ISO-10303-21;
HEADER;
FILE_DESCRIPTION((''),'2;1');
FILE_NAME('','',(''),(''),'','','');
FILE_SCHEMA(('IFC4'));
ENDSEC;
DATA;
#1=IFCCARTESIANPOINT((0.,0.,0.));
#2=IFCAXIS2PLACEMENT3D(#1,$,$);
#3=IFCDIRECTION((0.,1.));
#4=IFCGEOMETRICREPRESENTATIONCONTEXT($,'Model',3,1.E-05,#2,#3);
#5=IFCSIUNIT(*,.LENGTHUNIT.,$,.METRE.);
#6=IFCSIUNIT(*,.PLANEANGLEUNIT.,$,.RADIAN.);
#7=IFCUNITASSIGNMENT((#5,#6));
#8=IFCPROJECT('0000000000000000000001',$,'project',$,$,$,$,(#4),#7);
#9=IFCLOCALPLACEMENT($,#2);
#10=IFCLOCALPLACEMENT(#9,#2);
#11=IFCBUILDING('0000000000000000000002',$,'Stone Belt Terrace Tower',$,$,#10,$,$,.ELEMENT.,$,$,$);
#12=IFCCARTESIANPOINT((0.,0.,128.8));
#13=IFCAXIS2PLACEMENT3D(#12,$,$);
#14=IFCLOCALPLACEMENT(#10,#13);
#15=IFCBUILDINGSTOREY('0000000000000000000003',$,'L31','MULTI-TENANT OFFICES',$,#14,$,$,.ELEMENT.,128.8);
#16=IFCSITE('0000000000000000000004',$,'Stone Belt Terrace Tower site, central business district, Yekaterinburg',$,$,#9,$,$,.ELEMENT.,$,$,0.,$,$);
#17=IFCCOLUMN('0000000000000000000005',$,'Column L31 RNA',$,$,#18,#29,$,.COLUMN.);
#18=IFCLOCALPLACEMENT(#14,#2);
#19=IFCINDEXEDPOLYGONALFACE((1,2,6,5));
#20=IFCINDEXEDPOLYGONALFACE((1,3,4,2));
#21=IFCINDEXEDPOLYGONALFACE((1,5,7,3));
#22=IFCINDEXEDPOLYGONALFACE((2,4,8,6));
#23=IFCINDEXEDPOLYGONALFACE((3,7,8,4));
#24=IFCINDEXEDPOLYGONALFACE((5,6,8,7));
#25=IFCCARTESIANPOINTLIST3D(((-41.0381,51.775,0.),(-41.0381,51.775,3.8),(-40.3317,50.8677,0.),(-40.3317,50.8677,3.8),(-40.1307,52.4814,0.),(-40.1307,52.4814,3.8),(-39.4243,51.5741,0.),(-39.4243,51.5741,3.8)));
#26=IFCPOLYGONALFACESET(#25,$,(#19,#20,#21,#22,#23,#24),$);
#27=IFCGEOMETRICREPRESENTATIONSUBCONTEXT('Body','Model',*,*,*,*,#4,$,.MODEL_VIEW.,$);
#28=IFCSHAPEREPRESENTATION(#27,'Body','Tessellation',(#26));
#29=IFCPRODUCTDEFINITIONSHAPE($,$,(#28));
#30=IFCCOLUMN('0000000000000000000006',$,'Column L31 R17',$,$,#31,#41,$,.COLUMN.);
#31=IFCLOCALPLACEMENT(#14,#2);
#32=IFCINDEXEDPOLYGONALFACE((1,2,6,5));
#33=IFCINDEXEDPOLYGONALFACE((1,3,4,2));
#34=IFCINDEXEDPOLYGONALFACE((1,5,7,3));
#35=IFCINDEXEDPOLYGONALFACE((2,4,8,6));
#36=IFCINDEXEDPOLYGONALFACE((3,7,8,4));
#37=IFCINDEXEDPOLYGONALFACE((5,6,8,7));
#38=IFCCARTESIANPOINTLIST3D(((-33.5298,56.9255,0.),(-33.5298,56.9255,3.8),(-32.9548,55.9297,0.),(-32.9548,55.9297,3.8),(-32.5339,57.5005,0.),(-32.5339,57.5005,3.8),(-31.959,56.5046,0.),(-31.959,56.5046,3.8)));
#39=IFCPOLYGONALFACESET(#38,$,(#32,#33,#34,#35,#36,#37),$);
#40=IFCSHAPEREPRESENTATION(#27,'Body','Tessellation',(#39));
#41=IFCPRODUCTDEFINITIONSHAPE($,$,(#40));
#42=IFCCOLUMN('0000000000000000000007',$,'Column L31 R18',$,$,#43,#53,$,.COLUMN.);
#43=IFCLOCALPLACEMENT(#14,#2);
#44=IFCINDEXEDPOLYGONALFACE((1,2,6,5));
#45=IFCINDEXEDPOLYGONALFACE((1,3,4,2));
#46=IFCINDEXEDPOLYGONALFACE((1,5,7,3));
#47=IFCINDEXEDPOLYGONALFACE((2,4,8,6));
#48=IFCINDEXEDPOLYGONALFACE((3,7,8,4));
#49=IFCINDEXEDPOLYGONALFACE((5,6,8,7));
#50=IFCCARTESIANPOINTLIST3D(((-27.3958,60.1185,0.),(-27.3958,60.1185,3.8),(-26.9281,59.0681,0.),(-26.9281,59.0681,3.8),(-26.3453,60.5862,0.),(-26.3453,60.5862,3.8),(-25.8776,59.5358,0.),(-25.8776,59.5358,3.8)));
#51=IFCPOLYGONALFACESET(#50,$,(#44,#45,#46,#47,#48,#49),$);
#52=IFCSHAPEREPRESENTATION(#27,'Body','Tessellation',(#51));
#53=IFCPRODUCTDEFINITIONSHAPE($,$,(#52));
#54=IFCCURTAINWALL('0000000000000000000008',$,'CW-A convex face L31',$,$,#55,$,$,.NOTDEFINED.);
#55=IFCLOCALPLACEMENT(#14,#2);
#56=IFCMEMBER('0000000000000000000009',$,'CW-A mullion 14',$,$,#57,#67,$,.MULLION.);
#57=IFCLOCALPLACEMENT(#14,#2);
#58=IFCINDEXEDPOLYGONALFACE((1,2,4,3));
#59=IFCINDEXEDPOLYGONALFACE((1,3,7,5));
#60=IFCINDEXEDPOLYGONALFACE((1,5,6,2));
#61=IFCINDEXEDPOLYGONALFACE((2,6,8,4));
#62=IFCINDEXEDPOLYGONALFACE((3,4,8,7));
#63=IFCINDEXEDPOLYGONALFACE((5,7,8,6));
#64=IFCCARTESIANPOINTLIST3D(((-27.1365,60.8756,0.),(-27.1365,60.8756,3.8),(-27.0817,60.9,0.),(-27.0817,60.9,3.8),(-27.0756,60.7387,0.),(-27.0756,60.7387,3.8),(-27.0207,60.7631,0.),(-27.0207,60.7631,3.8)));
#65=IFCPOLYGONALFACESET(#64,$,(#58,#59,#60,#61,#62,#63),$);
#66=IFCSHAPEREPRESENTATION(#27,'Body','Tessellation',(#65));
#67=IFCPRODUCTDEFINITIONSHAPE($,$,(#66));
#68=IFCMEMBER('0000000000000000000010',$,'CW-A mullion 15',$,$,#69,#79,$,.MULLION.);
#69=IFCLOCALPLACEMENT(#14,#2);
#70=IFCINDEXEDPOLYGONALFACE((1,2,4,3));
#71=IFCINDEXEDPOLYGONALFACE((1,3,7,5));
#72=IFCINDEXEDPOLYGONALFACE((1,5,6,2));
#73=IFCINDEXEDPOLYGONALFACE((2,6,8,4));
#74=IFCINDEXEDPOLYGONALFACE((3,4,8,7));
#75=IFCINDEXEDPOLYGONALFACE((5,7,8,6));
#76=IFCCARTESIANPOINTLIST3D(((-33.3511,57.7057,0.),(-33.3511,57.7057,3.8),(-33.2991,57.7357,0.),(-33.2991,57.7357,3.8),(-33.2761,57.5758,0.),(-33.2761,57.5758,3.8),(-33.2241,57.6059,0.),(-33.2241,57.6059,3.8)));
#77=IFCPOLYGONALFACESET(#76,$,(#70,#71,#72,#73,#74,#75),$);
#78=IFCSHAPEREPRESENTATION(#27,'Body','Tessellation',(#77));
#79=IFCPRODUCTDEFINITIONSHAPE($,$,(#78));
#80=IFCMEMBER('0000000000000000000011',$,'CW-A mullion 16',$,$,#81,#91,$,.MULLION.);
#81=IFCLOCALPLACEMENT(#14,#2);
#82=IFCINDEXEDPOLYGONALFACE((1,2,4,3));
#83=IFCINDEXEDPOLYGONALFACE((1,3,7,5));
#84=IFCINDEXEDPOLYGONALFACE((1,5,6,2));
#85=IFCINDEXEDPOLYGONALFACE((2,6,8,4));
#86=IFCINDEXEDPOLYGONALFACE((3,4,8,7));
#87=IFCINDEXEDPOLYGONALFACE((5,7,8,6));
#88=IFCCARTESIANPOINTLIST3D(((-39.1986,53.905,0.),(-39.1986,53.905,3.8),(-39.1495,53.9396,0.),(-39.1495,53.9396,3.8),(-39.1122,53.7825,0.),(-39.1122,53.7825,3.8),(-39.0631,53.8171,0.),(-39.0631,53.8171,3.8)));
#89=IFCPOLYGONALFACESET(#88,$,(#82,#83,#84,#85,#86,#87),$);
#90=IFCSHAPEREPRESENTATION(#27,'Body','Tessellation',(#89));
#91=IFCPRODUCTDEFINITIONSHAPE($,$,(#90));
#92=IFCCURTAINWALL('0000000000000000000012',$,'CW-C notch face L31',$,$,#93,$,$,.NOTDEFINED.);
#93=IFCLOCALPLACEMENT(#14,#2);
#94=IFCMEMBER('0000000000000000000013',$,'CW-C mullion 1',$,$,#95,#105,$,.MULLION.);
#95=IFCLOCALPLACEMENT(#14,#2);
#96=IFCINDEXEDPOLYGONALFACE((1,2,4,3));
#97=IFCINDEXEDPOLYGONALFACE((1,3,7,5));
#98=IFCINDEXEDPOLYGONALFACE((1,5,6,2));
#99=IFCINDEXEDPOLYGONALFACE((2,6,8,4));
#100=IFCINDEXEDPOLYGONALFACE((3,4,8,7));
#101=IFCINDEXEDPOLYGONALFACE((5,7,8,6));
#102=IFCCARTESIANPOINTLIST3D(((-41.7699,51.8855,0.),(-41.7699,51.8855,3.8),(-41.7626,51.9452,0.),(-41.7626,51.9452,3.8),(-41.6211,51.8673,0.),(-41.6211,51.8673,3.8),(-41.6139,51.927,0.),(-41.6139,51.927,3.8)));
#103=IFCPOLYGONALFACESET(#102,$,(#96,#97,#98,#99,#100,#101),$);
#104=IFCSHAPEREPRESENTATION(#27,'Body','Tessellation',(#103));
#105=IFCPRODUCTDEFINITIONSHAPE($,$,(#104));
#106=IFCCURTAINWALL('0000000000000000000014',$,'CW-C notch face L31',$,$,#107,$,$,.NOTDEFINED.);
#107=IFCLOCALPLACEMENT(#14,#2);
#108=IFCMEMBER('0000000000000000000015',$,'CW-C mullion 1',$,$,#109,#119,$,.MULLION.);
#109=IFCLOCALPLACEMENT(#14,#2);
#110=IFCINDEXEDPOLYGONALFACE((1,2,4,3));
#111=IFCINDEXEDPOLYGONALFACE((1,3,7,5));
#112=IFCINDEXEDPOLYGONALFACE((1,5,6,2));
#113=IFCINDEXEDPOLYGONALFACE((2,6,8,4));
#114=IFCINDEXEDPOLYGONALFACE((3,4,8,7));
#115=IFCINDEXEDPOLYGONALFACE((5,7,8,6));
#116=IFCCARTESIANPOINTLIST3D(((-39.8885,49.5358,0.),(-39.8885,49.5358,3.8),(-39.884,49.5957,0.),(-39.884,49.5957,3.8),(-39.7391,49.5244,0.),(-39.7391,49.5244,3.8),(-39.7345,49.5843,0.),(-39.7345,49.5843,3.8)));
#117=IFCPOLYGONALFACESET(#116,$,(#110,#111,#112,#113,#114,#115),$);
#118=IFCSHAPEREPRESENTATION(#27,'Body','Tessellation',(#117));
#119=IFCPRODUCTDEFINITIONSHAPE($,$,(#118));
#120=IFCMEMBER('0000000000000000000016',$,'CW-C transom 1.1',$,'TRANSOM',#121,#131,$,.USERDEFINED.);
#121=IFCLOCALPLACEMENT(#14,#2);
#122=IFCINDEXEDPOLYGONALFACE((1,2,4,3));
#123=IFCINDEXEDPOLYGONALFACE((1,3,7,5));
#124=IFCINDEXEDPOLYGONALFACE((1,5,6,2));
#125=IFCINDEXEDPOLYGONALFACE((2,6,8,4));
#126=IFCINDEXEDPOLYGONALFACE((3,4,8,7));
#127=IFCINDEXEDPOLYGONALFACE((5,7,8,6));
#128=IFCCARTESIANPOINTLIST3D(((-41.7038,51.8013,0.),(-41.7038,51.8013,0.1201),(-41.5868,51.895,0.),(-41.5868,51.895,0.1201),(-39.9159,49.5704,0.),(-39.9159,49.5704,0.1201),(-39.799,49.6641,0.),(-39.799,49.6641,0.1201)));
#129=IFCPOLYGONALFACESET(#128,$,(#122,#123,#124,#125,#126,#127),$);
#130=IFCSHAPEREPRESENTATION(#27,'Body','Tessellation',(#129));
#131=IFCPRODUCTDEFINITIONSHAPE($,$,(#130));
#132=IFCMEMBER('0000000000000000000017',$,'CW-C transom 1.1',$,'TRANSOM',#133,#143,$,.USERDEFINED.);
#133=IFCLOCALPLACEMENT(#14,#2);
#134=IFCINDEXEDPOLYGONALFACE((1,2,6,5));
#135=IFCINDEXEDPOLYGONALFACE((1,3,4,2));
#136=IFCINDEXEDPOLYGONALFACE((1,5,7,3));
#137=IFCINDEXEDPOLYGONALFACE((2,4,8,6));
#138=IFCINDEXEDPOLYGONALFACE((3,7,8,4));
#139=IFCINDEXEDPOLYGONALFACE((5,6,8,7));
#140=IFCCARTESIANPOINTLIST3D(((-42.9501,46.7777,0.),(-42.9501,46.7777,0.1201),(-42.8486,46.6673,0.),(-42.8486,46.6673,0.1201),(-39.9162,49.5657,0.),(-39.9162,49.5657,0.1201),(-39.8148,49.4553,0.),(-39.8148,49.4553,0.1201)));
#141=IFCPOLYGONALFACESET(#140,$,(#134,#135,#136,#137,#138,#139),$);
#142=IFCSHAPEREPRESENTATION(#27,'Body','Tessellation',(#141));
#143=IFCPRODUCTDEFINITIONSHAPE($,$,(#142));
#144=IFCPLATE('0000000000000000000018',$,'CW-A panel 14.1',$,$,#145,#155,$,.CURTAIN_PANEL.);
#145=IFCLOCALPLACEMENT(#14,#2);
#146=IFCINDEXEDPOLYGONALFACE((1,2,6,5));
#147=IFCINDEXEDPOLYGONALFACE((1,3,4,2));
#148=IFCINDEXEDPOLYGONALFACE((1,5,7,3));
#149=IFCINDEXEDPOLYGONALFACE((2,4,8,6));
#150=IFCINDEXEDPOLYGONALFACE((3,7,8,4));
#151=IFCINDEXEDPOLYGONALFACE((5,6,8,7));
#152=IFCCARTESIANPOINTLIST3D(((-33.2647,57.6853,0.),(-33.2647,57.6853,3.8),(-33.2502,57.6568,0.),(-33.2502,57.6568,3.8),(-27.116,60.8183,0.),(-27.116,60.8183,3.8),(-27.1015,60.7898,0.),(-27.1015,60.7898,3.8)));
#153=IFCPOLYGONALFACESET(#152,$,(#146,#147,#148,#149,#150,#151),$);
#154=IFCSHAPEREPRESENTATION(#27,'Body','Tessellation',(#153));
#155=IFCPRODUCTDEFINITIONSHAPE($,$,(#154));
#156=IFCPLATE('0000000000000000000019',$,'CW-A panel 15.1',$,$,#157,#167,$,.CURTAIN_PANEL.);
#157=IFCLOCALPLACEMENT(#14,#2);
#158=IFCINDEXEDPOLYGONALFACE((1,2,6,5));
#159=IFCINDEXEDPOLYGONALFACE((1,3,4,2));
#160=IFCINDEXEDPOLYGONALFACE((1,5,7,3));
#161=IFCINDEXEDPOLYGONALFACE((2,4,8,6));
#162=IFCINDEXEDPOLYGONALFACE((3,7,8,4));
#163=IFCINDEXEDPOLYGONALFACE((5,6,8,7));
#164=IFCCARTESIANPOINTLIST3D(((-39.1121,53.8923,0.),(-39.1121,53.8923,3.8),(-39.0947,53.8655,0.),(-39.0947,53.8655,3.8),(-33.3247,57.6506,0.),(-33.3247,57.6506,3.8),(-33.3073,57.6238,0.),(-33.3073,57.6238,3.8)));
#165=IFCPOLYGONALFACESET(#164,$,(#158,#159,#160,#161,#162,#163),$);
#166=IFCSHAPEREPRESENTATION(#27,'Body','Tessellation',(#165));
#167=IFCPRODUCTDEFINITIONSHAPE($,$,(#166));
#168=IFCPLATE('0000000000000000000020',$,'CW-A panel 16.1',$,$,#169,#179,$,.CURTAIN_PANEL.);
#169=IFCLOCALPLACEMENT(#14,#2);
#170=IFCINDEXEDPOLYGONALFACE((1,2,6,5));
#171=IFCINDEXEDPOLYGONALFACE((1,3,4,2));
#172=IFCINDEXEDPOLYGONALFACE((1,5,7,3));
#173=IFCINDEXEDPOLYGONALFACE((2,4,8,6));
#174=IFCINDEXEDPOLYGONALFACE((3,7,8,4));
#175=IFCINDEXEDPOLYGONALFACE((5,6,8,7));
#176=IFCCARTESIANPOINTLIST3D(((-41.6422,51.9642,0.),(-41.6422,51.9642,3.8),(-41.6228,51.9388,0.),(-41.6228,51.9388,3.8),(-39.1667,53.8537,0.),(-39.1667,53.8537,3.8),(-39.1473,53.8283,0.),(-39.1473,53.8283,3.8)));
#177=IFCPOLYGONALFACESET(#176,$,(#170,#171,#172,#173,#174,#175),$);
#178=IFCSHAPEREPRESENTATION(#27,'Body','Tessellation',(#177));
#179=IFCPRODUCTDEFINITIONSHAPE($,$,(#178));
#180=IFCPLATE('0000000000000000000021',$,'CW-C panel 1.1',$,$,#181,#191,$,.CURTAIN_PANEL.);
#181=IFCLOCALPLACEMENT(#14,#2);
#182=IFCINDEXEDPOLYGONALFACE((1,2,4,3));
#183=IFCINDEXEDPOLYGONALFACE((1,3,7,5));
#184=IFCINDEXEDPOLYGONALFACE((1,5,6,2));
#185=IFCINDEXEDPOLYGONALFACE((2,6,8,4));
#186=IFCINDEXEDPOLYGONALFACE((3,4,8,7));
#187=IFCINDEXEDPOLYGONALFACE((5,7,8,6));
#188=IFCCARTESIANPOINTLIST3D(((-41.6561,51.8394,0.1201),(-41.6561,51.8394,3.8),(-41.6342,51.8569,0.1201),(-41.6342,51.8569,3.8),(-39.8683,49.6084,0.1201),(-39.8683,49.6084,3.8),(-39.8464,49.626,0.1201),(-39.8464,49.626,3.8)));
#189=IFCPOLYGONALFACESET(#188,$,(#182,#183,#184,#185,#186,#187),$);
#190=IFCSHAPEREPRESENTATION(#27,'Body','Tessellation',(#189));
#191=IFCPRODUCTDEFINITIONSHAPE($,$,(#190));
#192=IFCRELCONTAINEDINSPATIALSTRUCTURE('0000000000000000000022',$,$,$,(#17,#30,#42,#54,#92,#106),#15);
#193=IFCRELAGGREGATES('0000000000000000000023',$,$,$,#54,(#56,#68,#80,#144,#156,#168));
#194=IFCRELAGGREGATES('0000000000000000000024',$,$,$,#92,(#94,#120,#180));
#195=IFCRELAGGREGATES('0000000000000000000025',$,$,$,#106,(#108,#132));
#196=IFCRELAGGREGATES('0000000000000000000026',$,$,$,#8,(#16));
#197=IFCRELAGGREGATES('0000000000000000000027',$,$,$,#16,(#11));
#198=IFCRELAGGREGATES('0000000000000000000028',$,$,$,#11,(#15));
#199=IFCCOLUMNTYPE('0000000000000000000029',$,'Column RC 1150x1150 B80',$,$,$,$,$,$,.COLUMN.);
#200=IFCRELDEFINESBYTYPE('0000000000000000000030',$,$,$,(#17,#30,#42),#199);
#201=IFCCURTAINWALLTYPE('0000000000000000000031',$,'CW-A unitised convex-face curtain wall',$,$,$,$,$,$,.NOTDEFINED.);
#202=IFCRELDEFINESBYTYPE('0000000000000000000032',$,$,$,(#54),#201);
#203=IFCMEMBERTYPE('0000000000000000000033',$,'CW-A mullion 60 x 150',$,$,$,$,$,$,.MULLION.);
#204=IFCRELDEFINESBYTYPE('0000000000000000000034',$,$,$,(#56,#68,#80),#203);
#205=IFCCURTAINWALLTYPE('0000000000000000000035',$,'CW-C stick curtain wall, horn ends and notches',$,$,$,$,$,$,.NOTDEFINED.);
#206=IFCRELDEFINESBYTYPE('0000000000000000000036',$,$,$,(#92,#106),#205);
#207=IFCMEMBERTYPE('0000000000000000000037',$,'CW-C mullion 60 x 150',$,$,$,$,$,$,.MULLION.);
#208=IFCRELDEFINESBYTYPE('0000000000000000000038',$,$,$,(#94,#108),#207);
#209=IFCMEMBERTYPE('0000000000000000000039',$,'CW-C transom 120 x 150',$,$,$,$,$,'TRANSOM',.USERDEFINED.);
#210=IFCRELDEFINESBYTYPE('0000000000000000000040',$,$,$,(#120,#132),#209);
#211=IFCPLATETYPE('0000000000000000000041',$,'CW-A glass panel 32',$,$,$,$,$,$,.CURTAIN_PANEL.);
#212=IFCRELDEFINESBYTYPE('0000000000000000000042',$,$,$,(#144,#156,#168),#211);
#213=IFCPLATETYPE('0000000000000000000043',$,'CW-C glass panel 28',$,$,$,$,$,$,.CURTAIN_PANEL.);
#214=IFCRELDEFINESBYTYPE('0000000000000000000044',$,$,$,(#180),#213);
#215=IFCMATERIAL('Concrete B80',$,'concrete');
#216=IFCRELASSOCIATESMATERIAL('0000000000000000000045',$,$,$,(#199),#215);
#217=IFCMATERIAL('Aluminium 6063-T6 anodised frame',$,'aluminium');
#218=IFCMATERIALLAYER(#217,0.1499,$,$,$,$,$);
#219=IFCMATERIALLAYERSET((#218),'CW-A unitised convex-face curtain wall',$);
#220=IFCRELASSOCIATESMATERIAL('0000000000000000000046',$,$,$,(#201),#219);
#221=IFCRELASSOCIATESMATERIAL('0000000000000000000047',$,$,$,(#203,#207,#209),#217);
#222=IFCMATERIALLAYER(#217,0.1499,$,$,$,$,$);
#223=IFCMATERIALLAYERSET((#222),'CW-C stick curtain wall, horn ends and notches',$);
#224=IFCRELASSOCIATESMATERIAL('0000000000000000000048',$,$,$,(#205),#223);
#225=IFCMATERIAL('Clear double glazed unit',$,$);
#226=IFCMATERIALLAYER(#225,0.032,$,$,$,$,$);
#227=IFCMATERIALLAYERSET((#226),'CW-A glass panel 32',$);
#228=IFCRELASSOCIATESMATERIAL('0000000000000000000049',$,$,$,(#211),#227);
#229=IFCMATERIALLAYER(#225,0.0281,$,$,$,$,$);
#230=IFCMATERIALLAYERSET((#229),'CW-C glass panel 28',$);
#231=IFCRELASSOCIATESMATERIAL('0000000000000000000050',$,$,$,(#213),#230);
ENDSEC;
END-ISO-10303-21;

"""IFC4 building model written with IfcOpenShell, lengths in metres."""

from ifc_helpers import new_model, si_unit, direction, frame, origin, origin_2d, place, context, subcontext, project, spatial, rectangle, extrude, material, layer, layer_set, material_profile, profile_set, type_object, element, aggregate, save


model = new_model("IFC4")

# Units and contexts
model_context = context("Model", 3, precision=1e-05, world=origin(), true_north=direction((0.0, 1.0)))
body_context = subcontext(model_context, "Body", "Model", "MODEL_VIEW")
ifc_project = project(units=[si_unit("LENGTHUNIT", "METRE"), si_unit("PLANEANGLEUNIT", "RADIAN")], contexts=[model_context])

# Site, building, storey
site_placement = place(None, origin())
site = spatial("IfcSite", under=ifc_project, at=site_placement, Name="Stone Belt Terrace Tower site, central business district, Yekaterinburg", CompositionType="ELEMENT", RefElevation=0.0)
building_placement = place(site_placement, origin())
building = spatial("IfcBuilding", under=site, at=building_placement, Name="Stone Belt Terrace Tower", CompositionType="ELEMENT")
storey_placement = place(building_placement, frame((0.0, 0.0, 128.8)))
storey = spatial("IfcBuildingStorey", under=building, at=storey_placement, Name="L31", Description="MULTI-TENANT OFFICES", CompositionType="ELEMENT", Elevation=128.8)

# Columns
ifc_material_1 = material(Name="Concrete B80", Category="concrete")
ifc_material_profile_1 = material_profile(ifc_material_1, rectangle(XDim=1.1499, YDim=1.1499, at=origin_2d()), Name="RC 1150x1150")
ifc_profile_set_1 = profile_set([ifc_material_profile_1], Name="Concrete B80")
column_type = type_object("IfcColumnType", Name="Column RC 1150x1150 B80", PredefinedType="COLUMN", material=ifc_profile_set_1)
for number, where, z_axis, x_axis, name in (
    (1, (-40.2312, 51.6746, 0.0), (0.0, 0.0, 1.0), (0.789057, 0.61432, 0.0), "Column L31 RNA"),
    (2, (-32.7444, 56.7151, 0.0), (0.0, 0.0, 1.0), (0.866025, 0.5, 0.0), "Column L31 R17"),
    (3, (-26.6367, 59.8271, 0.0), (0.0, 0.0, 1.0), (0.913545, 0.406737, 0.0), "Column L31 R18"),
):
    element("IfcColumn", number, at=place(storey_placement, frame(where, z_axis=z_axis, x_axis=x_axis)), inside=storey, type_object=column_type, Name=name, PredefinedType="COLUMN", context=body_context, shape_type="SweptSolid", body=[
        extrude(rectangle(XDim=1.1499, YDim=1.1499, at=origin_2d()), origin(), (0.0, 0.0, 1.0), 3.8),
    ])

# Curtain wall, members
ifc_material_2 = material(Name="Aluminium 6063-T6 anodised frame", Category="aluminium")
ifc_layer_1 = layer(ifc_material_2, 0.1499)
ifc_layer_set_1 = layer_set([ifc_layer_1], Name="CW-A unitised convex-face curtain wall")
curtain_wall_type_1 = type_object("IfcCurtainWallType", Name="CW-A unitised convex-face curtain wall", PredefinedType="NOTDEFINED", material=ifc_layer_set_1)
curtain_wall_1_placement = place(storey_placement, origin())
curtain_wall_1 = element("IfcCurtainWall", 4, at=curtain_wall_1_placement, inside=storey, type_object=curtain_wall_type_1, Name="CW-A convex face L31", PredefinedType="NOTDEFINED")
ifc_material_profile_2 = material_profile(ifc_material_2, rectangle(XDim=0.1499, YDim=0.0601, at=origin_2d()), Name="Aluminium 6063-T6 60x150")
ifc_profile_set_2 = profile_set([ifc_material_profile_2], Name="Aluminium 6063-T6 anodised frame")
member_type_1 = type_object("IfcMemberType", Name="CW-A mullion 60 x 150", PredefinedType="MULLION", material=ifc_profile_set_2)
member_1_placement = place(storey_placement, frame((-27.0786, 60.8193, 0.0), z_axis=(0.0, 0.0, 1.0), x_axis=(0.406737, -0.913545, 0.0)))
member_1 = element("IfcMember", 5, at=member_1_placement, type_object=member_type_1, Name="CW-A mullion 14", PredefinedType="MULLION", context=body_context, shape_type="SweptSolid", body=[
    extrude(rectangle(XDim=0.1499, YDim=0.0601, at=origin_2d()), origin(), (0.0, 0.0, 1.0), 3.8),
])
member_2_placement = place(storey_placement, frame((-33.2876, 57.6558, 0.0), z_axis=(0.0, 0.0, 1.0), x_axis=(0.5, -0.866025, 0.0)))
member_2 = element("IfcMember", 6, at=member_2_placement, type_object=member_type_1, Name="CW-A mullion 15", PredefinedType="MULLION", context=body_context, shape_type="SweptSolid", body=[
    extrude(rectangle(XDim=0.1499, YDim=0.0601, at=origin_2d()), origin(), (0.0, 0.0, 1.0), 3.8),
])
member_3_placement = place(storey_placement, frame((-39.1309, 53.8611, 0.0), z_axis=(0.0, 0.0, 1.0), x_axis=(0.576102, -0.817378, 0.0)))
member_3 = element("IfcMember", 7, at=member_3_placement, type_object=member_type_1, Name="CW-A mullion 16", PredefinedType="MULLION", context=body_context, shape_type="SweptSolid", body=[
    extrude(rectangle(XDim=0.1499, YDim=0.0601, at=origin_2d()), origin(), (0.0, 0.0, 1.0), 3.8),
])

# Curtain walls, members
ifc_layer_2 = layer(ifc_material_2, 0.1499)
ifc_layer_set_2 = layer_set([ifc_layer_2], Name="CW-C stick curtain wall, horn ends and notches")
curtain_wall_type_2 = type_object("IfcCurtainWallType", Name="CW-C stick curtain wall, horn ends and notches", PredefinedType="NOTDEFINED", material=ifc_layer_set_2)
curtain_wall_2_placement = place(storey_placement, origin())
curtain_wall_2 = element("IfcCurtainWall", 8, at=curtain_wall_2_placement, inside=storey, type_object=curtain_wall_type_2, Name="CW-C notch face L31", PredefinedType="NOTDEFINED")
ifc_material_profile_3 = material_profile(ifc_material_2, rectangle(XDim=0.1499, YDim=0.0601, at=origin_2d()), Name="Aluminium 6063-T6 60x150")
ifc_profile_set_3 = profile_set([ifc_material_profile_3], Name="Aluminium 6063-T6 anodised frame")
member_type_2 = type_object("IfcMemberType", Name="CW-C mullion 60 x 150", PredefinedType="MULLION", material=ifc_profile_set_3)
member_4_placement = place(storey_placement, frame((-41.6919, 51.9062, 0.0), z_axis=(0.0, 0.0, 1.0), x_axis=(0.992611, -0.121341, 0.0)))
member_4 = element("IfcMember", 9, at=member_4_placement, type_object=member_type_2, Name="CW-C mullion 1", PredefinedType="MULLION", context=body_context, shape_type="SweptSolid", body=[
    extrude(rectangle(XDim=0.1499, YDim=0.0601, at=origin_2d()), origin(), (0.0, 0.0, 1.0), 3.8),
])
curtain_wall_3_placement = place(storey_placement, origin())
curtain_wall_3 = element("IfcCurtainWall", 10, at=curtain_wall_3_placement, inside=storey, type_object=curtain_wall_type_2, Name="CW-C notch face L31", PredefinedType="NOTDEFINED")
member_5_placement = place(storey_placement, frame((-39.8115, 49.5601, 0.0), z_axis=(0.0, 0.0, 1.0), x_axis=(0.997114, -0.07592, 0.0)))
member_5 = element("IfcMember", 11, at=member_5_placement, type_object=member_type_2, Name="CW-C mullion 1", PredefinedType="MULLION", context=body_context, shape_type="SweptSolid", body=[
    extrude(rectangle(XDim=0.1499, YDim=0.0601, at=origin_2d()), origin(), (0.0, 0.0, 1.0), 3.8),
])

# Members
ifc_material_profile_4 = material_profile(ifc_material_2, rectangle(XDim=0.1499, YDim=0.1201, at=origin_2d()), Name="Aluminium 6063-T6 150x120")
ifc_profile_set_4 = profile_set([ifc_material_profile_4], Name="Aluminium 6063-T6 anodised frame")
member_type_3 = type_object("IfcMemberType", Name="CW-C transom 120 x 150", ElementType="TRANSOM", PredefinedType="USERDEFINED", material=ifc_profile_set_4)
member_6_placement = place(storey_placement, frame((-41.6453, 51.8481, 0.0601), z_axis=(0.625351, -0.780344, 0.0), x_axis=(0.780344, 0.625351, 0.0)))
member_6 = element("IfcMember", 12, at=member_6_placement, type_object=member_type_3, Name="CW-C transom 1.1", ObjectType="TRANSOM", PredefinedType="USERDEFINED", context=body_context, shape_type="SweptSolid", body=[
    extrude(rectangle(XDim=0.1499, YDim=0.1201, at=origin_2d()), origin(), (0.0, 0.0, 1.0), 2.8589),
])
member_7_placement = place(storey_placement, frame((-39.8655, 49.5105, 0.0601), z_axis=(-0.73631, -0.676644, 0.0), x_axis=(0.676644, -0.73631, 0.0)))
member_7 = element("IfcMember", 13, at=member_7_placement, type_object=member_type_3, Name="CW-C transom 1.1", ObjectType="TRANSOM", PredefinedType="USERDEFINED", context=body_context, shape_type="SweptSolid", body=[
    extrude(rectangle(XDim=0.1499, YDim=0.1201, at=origin_2d()), origin(), (0.0, 0.0, 1.0), 4.1204),
])

# Plates
ifc_material_3 = material(Name="Clear double glazed unit")
ifc_layer_3 = layer(ifc_material_3, 0.032)
ifc_layer_set_3 = layer_set([ifc_layer_3], Name="CW-A glass panel 32")
plate_type_1 = type_object("IfcPlateType", Name="CW-A glass panel 32", PredefinedType="CURTAIN_PANEL", material=ifc_layer_set_3)
plate_1_placement = place(storey_placement, frame((-30.1831, 59.2375, 0.0), z_axis=(0.0, 0.0, 1.0), x_axis=(-0.891007, -0.45399, 0.0)))
plate_1 = element("IfcPlate", 14, at=plate_1_placement, type_object=plate_type_1, Name="CW-A panel 14.1", PredefinedType="CURTAIN_PANEL", context=body_context, shape_type="SweptSolid", body=[
    extrude(rectangle(XDim=6.9009, YDim=0.032, at=origin_2d()), origin(), (0.0, 0.0, 1.0), 3.8),
])
plate_2_placement = place(storey_placement, frame((-36.2097, 55.7581, 0.0), z_axis=(0.0, 0.0, 1.0), x_axis=(-0.838671, -0.544639, 0.0)))
plate_2 = element("IfcPlate", 15, at=plate_2_placement, type_object=plate_type_1, Name="CW-A panel 15.1", PredefinedType="CURTAIN_PANEL", context=body_context, shape_type="SweptSolid", body=[
    extrude(rectangle(XDim=6.9006, YDim=0.032, at=origin_2d()), origin(), (0.0, 0.0, 1.0), 3.8),
])
plate_3_placement = place(storey_placement, frame((-40.3948, 52.8962, 0.0), z_axis=(0.0, 0.0, 1.0), x_axis=(-0.794905, -0.606733, 0.0)))
plate_3 = element("IfcPlate", 16, at=plate_3_placement, type_object=plate_type_1, Name="CW-A panel 16.1", PredefinedType="CURTAIN_PANEL", context=body_context, shape_type="SweptSolid", body=[
    extrude(rectangle(XDim=3.1143, YDim=0.032, at=origin_2d()), origin(), (0.0, 0.0, 1.0), 3.8),
])
aggregate(curtain_wall_1, [member_1, member_2, member_3, plate_1, plate_2, plate_3])
ifc_layer_4 = layer(ifc_material_3, 0.0281)
ifc_layer_set_4 = layer_set([ifc_layer_4], Name="CW-C glass panel 28")
plate_type_2 = type_object("IfcPlateType", Name="CW-C glass panel 28", PredefinedType="CURTAIN_PANEL", material=ifc_layer_set_4)
plate_4_placement = place(storey_placement, frame((-40.7512, 50.7327, 0.1201), z_axis=(0.0, 0.0, 1.0), x_axis=(0.625343, -0.78035, 0.0)))
plate_4 = element("IfcPlate", 17, at=plate_4_placement, type_object=plate_type_2, Name="CW-C panel 1.1", PredefinedType="CURTAIN_PANEL", context=body_context, shape_type="SweptSolid", body=[
    extrude(rectangle(XDim=2.8589, YDim=0.0281, at=origin_2d()), origin(), (0.0, 0.0, 1.0), 3.6799),
])
aggregate(curtain_wall_2, [member_4, member_6, plate_4])
aggregate(curtain_wall_3, [member_5, member_7])

save(model, "model.ifc")
